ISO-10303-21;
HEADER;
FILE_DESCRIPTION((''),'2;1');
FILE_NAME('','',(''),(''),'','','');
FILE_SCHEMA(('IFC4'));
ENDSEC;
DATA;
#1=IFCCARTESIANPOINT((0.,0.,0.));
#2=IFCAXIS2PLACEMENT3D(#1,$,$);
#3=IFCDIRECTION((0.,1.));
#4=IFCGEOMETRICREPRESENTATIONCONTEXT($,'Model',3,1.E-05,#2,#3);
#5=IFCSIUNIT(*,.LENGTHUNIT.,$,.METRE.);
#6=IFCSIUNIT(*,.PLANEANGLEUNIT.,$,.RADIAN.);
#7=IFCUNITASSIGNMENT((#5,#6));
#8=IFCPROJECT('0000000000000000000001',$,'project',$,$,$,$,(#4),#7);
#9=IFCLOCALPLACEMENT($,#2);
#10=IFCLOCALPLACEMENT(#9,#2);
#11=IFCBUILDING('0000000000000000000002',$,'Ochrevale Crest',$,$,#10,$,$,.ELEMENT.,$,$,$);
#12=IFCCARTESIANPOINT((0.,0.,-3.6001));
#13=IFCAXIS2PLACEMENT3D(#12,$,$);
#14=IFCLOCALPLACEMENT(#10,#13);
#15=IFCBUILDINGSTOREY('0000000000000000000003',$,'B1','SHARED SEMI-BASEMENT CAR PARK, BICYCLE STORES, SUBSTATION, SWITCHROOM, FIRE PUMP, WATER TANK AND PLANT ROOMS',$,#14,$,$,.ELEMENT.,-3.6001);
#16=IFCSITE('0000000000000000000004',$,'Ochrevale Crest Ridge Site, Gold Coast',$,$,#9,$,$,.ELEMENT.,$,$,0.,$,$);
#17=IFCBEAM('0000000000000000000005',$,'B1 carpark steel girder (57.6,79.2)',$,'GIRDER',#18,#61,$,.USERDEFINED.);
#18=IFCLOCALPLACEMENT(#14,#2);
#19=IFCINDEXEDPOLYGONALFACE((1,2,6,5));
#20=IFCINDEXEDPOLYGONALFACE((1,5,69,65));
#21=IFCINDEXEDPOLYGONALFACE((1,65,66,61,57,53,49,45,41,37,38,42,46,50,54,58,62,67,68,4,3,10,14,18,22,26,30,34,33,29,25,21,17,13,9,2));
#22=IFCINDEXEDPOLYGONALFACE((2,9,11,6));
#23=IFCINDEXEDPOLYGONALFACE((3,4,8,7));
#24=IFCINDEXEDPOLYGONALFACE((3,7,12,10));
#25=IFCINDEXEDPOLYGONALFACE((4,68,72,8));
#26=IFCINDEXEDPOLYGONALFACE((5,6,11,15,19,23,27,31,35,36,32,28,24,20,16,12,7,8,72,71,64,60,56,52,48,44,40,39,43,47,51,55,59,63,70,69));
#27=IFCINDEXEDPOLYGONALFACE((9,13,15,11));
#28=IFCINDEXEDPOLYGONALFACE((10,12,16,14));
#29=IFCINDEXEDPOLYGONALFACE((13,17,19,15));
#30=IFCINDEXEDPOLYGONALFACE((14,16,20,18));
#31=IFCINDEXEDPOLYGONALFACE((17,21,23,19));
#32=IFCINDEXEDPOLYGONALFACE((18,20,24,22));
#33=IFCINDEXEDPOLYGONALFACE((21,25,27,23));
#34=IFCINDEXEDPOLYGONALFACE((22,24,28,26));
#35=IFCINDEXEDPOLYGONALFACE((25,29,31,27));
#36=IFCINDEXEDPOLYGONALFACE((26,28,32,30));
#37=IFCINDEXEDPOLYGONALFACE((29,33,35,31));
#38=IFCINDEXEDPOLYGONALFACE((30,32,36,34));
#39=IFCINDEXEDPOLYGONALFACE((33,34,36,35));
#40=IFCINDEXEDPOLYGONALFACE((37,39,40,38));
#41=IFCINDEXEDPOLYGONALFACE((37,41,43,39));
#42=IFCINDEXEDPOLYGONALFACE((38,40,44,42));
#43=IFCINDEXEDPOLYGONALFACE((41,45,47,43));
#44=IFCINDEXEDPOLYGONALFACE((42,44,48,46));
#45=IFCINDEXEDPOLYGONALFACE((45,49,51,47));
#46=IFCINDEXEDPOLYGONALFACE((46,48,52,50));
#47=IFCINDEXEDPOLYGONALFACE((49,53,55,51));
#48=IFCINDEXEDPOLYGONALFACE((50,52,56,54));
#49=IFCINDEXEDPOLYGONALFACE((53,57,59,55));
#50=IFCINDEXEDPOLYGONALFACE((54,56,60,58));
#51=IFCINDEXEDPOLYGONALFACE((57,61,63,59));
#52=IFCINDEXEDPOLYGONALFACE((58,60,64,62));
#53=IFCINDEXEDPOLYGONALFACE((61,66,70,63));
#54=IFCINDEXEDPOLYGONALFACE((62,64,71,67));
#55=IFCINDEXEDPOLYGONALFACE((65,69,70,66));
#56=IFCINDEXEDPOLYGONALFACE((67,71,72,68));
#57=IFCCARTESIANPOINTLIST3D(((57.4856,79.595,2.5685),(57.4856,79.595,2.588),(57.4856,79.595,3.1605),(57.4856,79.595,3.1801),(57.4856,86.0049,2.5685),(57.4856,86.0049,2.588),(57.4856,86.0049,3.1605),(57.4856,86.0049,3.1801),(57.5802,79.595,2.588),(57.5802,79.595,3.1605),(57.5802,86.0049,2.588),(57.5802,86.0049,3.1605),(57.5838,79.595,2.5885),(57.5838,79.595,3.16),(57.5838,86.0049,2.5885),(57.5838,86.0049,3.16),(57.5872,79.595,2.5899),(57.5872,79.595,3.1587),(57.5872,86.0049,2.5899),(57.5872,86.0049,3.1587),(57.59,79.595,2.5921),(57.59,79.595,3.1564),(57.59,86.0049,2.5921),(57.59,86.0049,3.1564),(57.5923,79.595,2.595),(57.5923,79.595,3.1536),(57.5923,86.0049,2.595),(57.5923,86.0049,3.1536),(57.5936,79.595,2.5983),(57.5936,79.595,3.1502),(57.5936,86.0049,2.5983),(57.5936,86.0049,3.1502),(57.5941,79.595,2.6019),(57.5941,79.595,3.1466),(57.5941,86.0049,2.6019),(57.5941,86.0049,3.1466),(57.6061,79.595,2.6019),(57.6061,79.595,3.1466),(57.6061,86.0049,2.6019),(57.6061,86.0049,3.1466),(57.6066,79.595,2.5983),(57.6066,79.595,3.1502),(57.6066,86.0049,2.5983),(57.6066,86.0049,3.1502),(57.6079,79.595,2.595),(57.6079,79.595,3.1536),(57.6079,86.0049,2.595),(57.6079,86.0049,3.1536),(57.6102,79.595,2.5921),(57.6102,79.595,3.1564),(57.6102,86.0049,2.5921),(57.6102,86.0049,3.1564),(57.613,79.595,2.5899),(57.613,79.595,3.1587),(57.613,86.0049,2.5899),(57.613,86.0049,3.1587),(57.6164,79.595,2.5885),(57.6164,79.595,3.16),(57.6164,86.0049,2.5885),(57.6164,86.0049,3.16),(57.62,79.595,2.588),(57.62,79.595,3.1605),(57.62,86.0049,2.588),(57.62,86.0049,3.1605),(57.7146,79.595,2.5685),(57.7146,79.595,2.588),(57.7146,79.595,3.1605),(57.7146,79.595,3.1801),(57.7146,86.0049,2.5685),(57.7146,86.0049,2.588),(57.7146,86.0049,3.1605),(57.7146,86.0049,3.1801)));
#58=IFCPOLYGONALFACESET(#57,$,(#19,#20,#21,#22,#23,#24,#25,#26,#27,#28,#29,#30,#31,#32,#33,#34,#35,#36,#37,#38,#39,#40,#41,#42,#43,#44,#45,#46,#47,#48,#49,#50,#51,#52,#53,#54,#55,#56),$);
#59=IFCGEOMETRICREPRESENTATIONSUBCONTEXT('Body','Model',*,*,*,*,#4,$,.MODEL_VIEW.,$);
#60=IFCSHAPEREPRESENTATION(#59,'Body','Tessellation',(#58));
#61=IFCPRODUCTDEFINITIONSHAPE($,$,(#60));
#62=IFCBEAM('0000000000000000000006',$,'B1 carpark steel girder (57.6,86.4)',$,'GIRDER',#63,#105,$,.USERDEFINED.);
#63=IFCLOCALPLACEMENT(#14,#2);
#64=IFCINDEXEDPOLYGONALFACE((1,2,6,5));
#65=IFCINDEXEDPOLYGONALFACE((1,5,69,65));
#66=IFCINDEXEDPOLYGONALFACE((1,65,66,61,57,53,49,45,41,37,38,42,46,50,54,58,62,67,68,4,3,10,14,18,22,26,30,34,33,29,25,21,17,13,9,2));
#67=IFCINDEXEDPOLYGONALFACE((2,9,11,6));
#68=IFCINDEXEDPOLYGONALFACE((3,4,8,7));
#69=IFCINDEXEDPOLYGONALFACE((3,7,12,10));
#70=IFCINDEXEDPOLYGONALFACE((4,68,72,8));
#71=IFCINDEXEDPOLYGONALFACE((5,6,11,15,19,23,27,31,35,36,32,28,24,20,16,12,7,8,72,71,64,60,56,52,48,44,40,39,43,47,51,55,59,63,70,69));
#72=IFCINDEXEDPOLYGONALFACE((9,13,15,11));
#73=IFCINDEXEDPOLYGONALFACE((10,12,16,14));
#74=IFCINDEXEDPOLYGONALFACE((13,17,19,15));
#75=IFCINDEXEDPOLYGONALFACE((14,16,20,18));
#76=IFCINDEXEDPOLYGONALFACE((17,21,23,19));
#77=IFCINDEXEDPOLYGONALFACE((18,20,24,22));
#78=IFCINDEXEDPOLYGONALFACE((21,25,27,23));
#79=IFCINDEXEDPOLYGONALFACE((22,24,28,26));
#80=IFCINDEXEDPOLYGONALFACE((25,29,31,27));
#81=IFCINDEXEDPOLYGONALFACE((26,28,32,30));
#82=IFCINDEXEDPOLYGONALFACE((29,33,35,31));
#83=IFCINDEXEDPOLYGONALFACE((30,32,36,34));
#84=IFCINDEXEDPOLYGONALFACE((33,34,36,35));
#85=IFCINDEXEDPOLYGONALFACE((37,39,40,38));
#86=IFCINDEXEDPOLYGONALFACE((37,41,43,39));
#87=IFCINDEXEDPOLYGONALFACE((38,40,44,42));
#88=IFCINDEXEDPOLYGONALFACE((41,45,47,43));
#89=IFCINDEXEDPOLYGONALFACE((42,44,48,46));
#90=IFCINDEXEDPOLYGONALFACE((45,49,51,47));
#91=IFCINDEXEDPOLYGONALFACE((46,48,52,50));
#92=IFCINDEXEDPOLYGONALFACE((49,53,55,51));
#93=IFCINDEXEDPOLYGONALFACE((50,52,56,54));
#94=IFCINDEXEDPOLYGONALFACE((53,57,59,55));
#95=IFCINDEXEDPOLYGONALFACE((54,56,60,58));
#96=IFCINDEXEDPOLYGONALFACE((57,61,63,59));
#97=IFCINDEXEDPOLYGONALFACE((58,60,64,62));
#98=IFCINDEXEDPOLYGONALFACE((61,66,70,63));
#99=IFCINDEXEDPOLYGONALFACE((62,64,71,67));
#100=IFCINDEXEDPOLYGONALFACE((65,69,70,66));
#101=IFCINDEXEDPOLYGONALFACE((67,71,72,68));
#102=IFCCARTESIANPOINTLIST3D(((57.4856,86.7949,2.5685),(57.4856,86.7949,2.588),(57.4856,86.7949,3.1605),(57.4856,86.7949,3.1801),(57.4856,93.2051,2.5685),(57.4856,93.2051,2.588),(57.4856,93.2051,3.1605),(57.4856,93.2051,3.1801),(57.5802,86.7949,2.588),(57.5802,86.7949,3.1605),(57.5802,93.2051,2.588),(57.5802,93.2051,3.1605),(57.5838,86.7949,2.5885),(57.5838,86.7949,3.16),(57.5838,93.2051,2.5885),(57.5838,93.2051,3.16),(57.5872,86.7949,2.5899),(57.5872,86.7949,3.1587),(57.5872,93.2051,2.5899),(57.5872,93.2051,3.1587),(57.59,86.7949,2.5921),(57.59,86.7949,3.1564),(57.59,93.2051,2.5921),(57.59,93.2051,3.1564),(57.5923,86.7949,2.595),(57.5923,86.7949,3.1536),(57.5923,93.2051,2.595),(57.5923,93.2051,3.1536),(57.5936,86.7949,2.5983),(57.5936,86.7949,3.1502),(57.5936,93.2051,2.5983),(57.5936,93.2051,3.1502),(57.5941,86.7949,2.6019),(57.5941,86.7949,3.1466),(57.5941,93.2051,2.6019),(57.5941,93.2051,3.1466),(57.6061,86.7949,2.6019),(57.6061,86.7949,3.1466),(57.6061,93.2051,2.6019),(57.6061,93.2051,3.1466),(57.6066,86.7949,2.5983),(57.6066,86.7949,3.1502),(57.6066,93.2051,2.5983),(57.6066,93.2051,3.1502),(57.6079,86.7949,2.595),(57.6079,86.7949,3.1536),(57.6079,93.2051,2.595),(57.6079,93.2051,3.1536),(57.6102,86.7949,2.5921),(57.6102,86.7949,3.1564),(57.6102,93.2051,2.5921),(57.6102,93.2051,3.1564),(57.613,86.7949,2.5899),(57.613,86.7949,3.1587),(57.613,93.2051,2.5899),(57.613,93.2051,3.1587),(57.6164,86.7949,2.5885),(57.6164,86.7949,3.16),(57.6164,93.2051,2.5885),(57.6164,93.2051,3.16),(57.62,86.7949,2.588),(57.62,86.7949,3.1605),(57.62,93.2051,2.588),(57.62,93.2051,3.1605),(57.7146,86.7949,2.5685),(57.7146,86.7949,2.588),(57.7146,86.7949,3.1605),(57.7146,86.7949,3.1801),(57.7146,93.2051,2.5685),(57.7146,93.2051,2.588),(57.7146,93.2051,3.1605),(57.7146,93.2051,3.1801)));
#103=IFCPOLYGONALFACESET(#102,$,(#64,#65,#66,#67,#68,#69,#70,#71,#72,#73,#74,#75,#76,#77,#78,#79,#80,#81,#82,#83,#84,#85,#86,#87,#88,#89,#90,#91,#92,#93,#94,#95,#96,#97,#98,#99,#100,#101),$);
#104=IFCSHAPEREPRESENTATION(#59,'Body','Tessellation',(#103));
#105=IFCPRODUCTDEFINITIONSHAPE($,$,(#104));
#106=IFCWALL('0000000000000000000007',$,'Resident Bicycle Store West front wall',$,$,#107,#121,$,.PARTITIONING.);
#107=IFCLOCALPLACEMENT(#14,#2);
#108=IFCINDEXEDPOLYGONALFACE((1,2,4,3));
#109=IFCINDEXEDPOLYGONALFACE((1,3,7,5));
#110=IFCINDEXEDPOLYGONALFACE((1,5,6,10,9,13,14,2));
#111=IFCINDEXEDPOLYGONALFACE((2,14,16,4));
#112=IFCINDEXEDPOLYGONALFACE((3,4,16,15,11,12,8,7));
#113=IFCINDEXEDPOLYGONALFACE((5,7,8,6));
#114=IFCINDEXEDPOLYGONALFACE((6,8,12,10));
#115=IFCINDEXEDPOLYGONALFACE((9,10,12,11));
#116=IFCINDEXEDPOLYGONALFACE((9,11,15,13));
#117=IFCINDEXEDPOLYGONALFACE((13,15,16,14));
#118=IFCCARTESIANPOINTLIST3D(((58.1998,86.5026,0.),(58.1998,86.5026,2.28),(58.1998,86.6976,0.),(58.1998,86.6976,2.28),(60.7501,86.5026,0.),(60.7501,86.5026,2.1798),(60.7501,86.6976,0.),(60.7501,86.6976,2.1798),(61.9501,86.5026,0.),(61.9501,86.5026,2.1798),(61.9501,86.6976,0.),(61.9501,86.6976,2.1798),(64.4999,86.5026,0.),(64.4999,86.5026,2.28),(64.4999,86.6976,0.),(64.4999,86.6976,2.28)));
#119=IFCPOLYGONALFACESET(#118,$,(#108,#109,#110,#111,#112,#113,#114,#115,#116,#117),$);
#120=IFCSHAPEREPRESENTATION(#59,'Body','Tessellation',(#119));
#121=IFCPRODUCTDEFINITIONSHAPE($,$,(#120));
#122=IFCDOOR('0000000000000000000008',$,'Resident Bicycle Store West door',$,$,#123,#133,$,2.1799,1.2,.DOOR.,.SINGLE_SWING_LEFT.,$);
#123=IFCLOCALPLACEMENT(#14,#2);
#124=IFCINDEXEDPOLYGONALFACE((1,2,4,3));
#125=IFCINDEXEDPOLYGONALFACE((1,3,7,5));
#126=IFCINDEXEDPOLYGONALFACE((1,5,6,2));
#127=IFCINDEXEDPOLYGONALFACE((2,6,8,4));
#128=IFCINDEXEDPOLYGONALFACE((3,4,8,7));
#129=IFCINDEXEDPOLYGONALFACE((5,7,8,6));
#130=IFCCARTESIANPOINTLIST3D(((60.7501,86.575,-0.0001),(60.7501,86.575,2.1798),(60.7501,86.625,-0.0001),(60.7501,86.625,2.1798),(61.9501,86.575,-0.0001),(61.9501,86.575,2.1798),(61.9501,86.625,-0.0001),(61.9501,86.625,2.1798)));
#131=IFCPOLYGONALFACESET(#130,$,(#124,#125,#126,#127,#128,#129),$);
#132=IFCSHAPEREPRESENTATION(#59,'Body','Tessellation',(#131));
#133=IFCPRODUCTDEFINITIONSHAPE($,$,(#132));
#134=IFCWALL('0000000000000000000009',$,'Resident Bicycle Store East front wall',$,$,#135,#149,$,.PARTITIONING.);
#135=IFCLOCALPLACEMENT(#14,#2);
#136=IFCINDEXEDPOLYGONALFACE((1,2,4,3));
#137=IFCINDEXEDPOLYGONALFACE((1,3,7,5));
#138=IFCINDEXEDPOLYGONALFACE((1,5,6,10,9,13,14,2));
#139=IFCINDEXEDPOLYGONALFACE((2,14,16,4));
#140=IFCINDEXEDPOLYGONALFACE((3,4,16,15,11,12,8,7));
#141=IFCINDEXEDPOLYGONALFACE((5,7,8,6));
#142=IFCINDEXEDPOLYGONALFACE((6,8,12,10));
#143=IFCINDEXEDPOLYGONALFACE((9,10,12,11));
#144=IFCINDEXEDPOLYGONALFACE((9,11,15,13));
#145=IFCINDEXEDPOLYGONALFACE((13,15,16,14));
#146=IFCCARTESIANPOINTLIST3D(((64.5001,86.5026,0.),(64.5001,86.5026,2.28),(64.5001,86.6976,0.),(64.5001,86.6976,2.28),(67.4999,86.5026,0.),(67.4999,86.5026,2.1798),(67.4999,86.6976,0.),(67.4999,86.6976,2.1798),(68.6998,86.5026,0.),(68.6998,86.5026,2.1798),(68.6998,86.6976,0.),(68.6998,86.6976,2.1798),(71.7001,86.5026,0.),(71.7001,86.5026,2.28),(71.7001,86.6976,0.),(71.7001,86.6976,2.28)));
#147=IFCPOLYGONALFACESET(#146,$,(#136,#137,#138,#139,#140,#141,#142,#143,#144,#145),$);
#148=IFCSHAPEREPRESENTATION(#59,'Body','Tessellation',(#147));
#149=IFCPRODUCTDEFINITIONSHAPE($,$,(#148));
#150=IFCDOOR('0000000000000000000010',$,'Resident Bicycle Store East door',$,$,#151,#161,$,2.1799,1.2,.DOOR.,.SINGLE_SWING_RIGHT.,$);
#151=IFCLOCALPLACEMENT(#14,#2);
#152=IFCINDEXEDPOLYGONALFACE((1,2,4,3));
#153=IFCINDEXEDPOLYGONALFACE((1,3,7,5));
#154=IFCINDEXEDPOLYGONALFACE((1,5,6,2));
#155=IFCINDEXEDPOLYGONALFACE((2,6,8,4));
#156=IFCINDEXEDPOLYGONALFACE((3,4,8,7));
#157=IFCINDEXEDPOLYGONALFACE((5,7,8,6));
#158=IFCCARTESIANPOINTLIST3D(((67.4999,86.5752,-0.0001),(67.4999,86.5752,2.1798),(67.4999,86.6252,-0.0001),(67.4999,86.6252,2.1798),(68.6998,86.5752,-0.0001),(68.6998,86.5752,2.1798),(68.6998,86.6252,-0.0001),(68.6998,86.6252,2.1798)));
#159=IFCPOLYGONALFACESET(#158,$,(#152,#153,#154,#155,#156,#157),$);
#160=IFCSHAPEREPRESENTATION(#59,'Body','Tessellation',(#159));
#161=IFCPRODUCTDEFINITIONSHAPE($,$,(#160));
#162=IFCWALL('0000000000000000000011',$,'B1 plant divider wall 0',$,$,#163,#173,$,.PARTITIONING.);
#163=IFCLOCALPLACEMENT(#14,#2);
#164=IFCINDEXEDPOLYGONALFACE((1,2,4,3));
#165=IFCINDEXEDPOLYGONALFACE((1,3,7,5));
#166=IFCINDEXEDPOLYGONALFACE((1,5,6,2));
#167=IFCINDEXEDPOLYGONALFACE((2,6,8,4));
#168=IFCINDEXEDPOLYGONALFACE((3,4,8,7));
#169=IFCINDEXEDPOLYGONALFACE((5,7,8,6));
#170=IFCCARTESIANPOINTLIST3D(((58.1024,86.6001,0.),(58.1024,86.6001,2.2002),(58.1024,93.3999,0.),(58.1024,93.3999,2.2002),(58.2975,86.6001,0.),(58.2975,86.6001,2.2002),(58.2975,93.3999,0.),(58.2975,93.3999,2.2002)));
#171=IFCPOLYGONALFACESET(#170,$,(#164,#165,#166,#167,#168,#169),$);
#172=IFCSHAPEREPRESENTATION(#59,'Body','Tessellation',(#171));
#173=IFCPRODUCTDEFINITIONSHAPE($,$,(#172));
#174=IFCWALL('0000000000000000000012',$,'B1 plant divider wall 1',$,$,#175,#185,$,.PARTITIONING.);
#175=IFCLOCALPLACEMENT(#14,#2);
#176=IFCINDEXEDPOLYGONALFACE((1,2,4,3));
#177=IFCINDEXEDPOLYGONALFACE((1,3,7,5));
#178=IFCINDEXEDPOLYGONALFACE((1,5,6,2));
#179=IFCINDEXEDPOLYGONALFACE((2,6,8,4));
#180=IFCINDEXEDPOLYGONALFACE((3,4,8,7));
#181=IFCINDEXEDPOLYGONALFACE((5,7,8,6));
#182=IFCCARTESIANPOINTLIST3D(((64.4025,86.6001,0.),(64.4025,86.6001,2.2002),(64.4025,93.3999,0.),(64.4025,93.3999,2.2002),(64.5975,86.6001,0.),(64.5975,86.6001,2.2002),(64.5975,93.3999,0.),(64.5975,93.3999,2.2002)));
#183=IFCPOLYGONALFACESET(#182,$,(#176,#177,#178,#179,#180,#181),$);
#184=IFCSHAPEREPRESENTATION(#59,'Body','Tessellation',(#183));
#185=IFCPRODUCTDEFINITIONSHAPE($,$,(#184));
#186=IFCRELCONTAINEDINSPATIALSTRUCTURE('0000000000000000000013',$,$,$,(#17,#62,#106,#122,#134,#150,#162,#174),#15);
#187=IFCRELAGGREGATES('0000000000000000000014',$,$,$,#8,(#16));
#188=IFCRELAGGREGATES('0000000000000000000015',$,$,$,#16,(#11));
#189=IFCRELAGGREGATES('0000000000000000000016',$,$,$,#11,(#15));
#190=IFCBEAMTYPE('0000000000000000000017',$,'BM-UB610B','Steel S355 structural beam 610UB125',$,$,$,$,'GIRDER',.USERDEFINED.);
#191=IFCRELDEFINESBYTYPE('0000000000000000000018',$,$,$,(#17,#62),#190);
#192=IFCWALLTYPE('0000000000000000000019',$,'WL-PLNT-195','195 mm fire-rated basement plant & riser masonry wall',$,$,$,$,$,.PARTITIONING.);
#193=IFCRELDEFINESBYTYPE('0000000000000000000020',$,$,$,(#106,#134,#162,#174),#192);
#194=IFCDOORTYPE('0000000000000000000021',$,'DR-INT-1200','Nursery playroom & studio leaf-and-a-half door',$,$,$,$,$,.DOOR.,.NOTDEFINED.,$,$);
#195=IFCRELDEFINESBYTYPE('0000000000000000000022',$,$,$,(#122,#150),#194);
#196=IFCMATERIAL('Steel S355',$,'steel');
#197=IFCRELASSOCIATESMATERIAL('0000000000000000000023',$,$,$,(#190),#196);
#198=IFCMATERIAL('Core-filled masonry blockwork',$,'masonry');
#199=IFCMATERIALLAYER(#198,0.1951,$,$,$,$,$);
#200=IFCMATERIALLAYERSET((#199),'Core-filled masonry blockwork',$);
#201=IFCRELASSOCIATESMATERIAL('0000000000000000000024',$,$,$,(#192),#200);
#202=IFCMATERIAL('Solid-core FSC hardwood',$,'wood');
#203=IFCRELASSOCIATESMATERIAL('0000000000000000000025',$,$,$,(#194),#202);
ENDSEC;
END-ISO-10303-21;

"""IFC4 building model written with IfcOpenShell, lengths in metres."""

from ifc_helpers import new_model, si_unit, direction, frame, frame_2d, origin, origin_2d, place, context, subcontext, project, spatial, rectangle, i_section, extrude, material, layer, layer_set, material_profile, profile_set, type_object, element, fill, save


model = new_model("IFC4")

# Units and contexts
model_context = context("Model", 3, precision=1e-05, world=origin(), true_north=direction((0.0, 1.0)))
body_context = subcontext(model_context, "Body", "Model", "MODEL_VIEW")
ifc_project = project(units=[si_unit("LENGTHUNIT", "METRE"), si_unit("PLANEANGLEUNIT", "RADIAN")], contexts=[model_context])

# Site, building, storey
site_placement = place(None, origin())
site = spatial("IfcSite", under=ifc_project, at=site_placement, Name="Ochrevale Crest Ridge Site, Gold Coast", CompositionType="ELEMENT", RefElevation=0.0)
building_placement = place(site_placement, origin())
building = spatial("IfcBuilding", under=site, at=building_placement, Name="Ochrevale Crest", CompositionType="ELEMENT")
storey_placement = place(building_placement, frame((0.0, 0.0, -3.6001)))
storey = spatial("IfcBuildingStorey", under=building, at=storey_placement, Name="B1", Description="SHARED SEMI-BASEMENT CAR PARK, BICYCLE STORES, SUBSTATION, SWITCHROOM, FIRE PUMP, WATER TANK AND PLANT ROOMS", CompositionType="ELEMENT", Elevation=-3.6001)

# Beams
ifc_material_1 = material(Name="Steel S355", Category="steel")
ifc_material_profile_1 = material_profile(ifc_material_1, i_section(OverallWidth=0.229, OverallDepth=0.6116, WebThickness=0.012, FlangeThickness=0.0195, FilletRadius=0.0139, at=origin_2d()), Name="610UB125")
ifc_profile_set_1 = profile_set([ifc_material_profile_1], Name="Steel S355")
beam_type_1 = type_object("IfcBeamType", Name="BM-UB610B", Description="Steel S355 structural beam 610UB125", ElementType="GIRDER", PredefinedType="USERDEFINED", material=ifc_profile_set_1)
beam_1_placement = place(storey_placement, frame((57.6001, 79.595, 2.8743), z_axis=(0.0, 1.0, 0.0), x_axis=(-1.0, 0.0, 0.0)))
element("IfcBeam", 1, at=beam_1_placement, inside=storey, type_object=beam_type_1, Name="B1 carpark steel girder (57.6,79.2)", ObjectType="GIRDER", PredefinedType="USERDEFINED", context=body_context, shape_type="SweptSolid", body=[
    extrude(i_section(OverallWidth=0.229, OverallDepth=0.6116, WebThickness=0.012, FlangeThickness=0.0195, FilletRadius=0.0139, at=origin_2d()), origin(), (0.0, 0.0, 1.0), 6.4099),
])
beam_2_placement = place(storey_placement, frame((57.6001, 86.7949, 2.8743), z_axis=(0.0, 1.0, 0.0), x_axis=(-1.0, 0.0, 0.0)))
element("IfcBeam", 2, at=beam_2_placement, inside=storey, type_object=beam_type_1, Name="B1 carpark steel girder (57.6,86.4)", ObjectType="GIRDER", PredefinedType="USERDEFINED", context=body_context, shape_type="SweptSolid", body=[
    extrude(i_section(OverallWidth=0.229, OverallDepth=0.6116, WebThickness=0.012, FlangeThickness=0.0195, FilletRadius=0.0139, at=origin_2d()), origin(), (0.0, 0.0, 1.0), 6.4102),
])

# Walls, openings, doors
ifc_material_2 = material(Name="Core-filled masonry blockwork", Category="masonry")
ifc_layer = layer(ifc_material_2, 0.1951)
ifc_layer_set = layer_set([ifc_layer], Name="Core-filled masonry blockwork")
wall_type = type_object("IfcWallType", Name="WL-PLNT-195", Description="195 mm fire-rated basement plant & riser masonry wall", PredefinedType="PARTITIONING", material=ifc_layer_set)
wall_1_placement = place(storey_placement, frame((58.2, 86.6001, 0.0), z_axis=(0.0, 0.0, 1.0), x_axis=(1.0, 0.0, 0.0)))
wall_1 = element("IfcWall", 3, at=wall_1_placement, inside=storey, type_object=wall_type, Name="Resident Bicycle Store West front wall", PredefinedType="PARTITIONING", context=body_context, shape_type="SweptSolid", body=[
    extrude(rectangle(XDim=6.3, YDim=0.1951, at=frame_2d((3.1499, 0.0))), origin(), (0.0, 0.0, 1.0), 2.28),
])
opening_1_placement = place(wall_1_placement, frame((2.55, 0.0, 0.0)))
opening_1 = element("IfcOpeningElement", 4, at=opening_1_placement, cuts=wall_1, PredefinedType="OPENING", context=body_context, shape_type="SweptSolid", body=[
    extrude(rectangle(XDim=1.2, YDim=2.1799, at=frame_2d((0.6001, 1.0898))), frame((0.0, 0.1074, 0.0), z_axis=(0.0, -1.0, 0.0), x_axis=(1.0, 0.0, 0.0)), (0.0, 0.0, 1.0), 0.2151),
])
ifc_material_3 = material(Name="Solid-core FSC hardwood", Category="wood")
door_type = type_object("IfcDoorType", Name="DR-INT-1200", Description="Nursery playroom & studio leaf-and-a-half door", OperationType="NOTDEFINED", PredefinedType="DOOR", material=ifc_material_3)
door_1_placement = place(opening_1_placement, origin())
door_1 = element("IfcDoor", 5, at=door_1_placement, inside=storey, type_object=door_type, Name="Resident Bicycle Store West door", OperationType="SINGLE_SWING_LEFT", OverallHeight=2.1799, OverallWidth=1.2, PredefinedType="DOOR", context=body_context, shape_type="SweptSolid", body=[
    extrude(rectangle(XDim=1.2, YDim=2.1799, at=frame_2d((0.6001, 1.0898))), frame((0.0, 0.0249, 0.0), z_axis=(0.0, -1.0, 0.0), x_axis=(1.0, 0.0, 0.0)), (0.0, 0.0, 1.0), 0.05),
])
fill(opening_1, door_1)
wall_2_placement = place(storey_placement, frame((64.5, 86.6001, 0.0), z_axis=(0.0, 0.0, 1.0), x_axis=(1.0, 0.0, 0.0)))
wall_2 = element("IfcWall", 6, at=wall_2_placement, inside=storey, type_object=wall_type, Name="Resident Bicycle Store East front wall", PredefinedType="PARTITIONING", context=body_context, shape_type="SweptSolid", body=[
    extrude(rectangle(XDim=7.2, YDim=0.1951, at=frame_2d((3.6001, 0.0))), origin(), (0.0, 0.0, 1.0), 2.28),
])
opening_2_placement = place(wall_2_placement, frame((4.2, 0.0, 0.0), z_axis=(0.0, 0.0, 1.0), x_axis=(-1.0, 0.0, 0.0)))
opening_2 = element("IfcOpeningElement", 7, at=opening_2_placement, cuts=wall_2, PredefinedType="OPENING", context=body_context, shape_type="SweptSolid", body=[
    extrude(rectangle(XDim=1.2, YDim=2.1799, at=frame_2d((0.6001, 1.0898))), frame((0.0, 0.1074, 0.0), z_axis=(0.0, -1.0, 0.0), x_axis=(1.0, 0.0, 0.0)), (0.0, 0.0, 1.0), 0.2151),
])
door_2_placement = place(opening_2_placement, origin())
door_2 = element("IfcDoor", 8, at=door_2_placement, inside=storey, type_object=door_type, Name="Resident Bicycle Store East door", OperationType="SINGLE_SWING_RIGHT", OverallHeight=2.1799, OverallWidth=1.2, PredefinedType="DOOR", context=body_context, shape_type="SweptSolid", body=[
    extrude(rectangle(XDim=1.2, YDim=2.1799, at=frame_2d((0.6001, 1.0898))), frame((0.0, 0.0249, 0.0), z_axis=(0.0, -1.0, 0.0), x_axis=(1.0, 0.0, 0.0)), (0.0, 0.0, 1.0), 0.05),
])
fill(opening_2, door_2)

# Walls
for number, where, z_axis, x_axis, name in (
    (9, (58.2, 86.6001, 0.0), (0.0, 0.0, 1.0), (0.0, 1.0, 0.0), "B1 plant divider wall 0"),
    (10, (64.5, 86.6001, 0.0), (0.0, 0.0, 1.0), (0.0, 1.0, 0.0), "B1 plant divider wall 1"),
):
    element("IfcWall", number, at=place(storey_placement, frame(where, z_axis=z_axis, x_axis=x_axis)), inside=storey, type_object=wall_type, Name=name, PredefinedType="PARTITIONING", context=body_context, shape_type="SweptSolid", body=[
        extrude(rectangle(XDim=6.7998, YDim=0.1951, at=frame_2d((3.3999, 0.0))), origin(), (0.0, 0.0, 1.0), 2.2002),
    ])

save(model, "model.ifc")
